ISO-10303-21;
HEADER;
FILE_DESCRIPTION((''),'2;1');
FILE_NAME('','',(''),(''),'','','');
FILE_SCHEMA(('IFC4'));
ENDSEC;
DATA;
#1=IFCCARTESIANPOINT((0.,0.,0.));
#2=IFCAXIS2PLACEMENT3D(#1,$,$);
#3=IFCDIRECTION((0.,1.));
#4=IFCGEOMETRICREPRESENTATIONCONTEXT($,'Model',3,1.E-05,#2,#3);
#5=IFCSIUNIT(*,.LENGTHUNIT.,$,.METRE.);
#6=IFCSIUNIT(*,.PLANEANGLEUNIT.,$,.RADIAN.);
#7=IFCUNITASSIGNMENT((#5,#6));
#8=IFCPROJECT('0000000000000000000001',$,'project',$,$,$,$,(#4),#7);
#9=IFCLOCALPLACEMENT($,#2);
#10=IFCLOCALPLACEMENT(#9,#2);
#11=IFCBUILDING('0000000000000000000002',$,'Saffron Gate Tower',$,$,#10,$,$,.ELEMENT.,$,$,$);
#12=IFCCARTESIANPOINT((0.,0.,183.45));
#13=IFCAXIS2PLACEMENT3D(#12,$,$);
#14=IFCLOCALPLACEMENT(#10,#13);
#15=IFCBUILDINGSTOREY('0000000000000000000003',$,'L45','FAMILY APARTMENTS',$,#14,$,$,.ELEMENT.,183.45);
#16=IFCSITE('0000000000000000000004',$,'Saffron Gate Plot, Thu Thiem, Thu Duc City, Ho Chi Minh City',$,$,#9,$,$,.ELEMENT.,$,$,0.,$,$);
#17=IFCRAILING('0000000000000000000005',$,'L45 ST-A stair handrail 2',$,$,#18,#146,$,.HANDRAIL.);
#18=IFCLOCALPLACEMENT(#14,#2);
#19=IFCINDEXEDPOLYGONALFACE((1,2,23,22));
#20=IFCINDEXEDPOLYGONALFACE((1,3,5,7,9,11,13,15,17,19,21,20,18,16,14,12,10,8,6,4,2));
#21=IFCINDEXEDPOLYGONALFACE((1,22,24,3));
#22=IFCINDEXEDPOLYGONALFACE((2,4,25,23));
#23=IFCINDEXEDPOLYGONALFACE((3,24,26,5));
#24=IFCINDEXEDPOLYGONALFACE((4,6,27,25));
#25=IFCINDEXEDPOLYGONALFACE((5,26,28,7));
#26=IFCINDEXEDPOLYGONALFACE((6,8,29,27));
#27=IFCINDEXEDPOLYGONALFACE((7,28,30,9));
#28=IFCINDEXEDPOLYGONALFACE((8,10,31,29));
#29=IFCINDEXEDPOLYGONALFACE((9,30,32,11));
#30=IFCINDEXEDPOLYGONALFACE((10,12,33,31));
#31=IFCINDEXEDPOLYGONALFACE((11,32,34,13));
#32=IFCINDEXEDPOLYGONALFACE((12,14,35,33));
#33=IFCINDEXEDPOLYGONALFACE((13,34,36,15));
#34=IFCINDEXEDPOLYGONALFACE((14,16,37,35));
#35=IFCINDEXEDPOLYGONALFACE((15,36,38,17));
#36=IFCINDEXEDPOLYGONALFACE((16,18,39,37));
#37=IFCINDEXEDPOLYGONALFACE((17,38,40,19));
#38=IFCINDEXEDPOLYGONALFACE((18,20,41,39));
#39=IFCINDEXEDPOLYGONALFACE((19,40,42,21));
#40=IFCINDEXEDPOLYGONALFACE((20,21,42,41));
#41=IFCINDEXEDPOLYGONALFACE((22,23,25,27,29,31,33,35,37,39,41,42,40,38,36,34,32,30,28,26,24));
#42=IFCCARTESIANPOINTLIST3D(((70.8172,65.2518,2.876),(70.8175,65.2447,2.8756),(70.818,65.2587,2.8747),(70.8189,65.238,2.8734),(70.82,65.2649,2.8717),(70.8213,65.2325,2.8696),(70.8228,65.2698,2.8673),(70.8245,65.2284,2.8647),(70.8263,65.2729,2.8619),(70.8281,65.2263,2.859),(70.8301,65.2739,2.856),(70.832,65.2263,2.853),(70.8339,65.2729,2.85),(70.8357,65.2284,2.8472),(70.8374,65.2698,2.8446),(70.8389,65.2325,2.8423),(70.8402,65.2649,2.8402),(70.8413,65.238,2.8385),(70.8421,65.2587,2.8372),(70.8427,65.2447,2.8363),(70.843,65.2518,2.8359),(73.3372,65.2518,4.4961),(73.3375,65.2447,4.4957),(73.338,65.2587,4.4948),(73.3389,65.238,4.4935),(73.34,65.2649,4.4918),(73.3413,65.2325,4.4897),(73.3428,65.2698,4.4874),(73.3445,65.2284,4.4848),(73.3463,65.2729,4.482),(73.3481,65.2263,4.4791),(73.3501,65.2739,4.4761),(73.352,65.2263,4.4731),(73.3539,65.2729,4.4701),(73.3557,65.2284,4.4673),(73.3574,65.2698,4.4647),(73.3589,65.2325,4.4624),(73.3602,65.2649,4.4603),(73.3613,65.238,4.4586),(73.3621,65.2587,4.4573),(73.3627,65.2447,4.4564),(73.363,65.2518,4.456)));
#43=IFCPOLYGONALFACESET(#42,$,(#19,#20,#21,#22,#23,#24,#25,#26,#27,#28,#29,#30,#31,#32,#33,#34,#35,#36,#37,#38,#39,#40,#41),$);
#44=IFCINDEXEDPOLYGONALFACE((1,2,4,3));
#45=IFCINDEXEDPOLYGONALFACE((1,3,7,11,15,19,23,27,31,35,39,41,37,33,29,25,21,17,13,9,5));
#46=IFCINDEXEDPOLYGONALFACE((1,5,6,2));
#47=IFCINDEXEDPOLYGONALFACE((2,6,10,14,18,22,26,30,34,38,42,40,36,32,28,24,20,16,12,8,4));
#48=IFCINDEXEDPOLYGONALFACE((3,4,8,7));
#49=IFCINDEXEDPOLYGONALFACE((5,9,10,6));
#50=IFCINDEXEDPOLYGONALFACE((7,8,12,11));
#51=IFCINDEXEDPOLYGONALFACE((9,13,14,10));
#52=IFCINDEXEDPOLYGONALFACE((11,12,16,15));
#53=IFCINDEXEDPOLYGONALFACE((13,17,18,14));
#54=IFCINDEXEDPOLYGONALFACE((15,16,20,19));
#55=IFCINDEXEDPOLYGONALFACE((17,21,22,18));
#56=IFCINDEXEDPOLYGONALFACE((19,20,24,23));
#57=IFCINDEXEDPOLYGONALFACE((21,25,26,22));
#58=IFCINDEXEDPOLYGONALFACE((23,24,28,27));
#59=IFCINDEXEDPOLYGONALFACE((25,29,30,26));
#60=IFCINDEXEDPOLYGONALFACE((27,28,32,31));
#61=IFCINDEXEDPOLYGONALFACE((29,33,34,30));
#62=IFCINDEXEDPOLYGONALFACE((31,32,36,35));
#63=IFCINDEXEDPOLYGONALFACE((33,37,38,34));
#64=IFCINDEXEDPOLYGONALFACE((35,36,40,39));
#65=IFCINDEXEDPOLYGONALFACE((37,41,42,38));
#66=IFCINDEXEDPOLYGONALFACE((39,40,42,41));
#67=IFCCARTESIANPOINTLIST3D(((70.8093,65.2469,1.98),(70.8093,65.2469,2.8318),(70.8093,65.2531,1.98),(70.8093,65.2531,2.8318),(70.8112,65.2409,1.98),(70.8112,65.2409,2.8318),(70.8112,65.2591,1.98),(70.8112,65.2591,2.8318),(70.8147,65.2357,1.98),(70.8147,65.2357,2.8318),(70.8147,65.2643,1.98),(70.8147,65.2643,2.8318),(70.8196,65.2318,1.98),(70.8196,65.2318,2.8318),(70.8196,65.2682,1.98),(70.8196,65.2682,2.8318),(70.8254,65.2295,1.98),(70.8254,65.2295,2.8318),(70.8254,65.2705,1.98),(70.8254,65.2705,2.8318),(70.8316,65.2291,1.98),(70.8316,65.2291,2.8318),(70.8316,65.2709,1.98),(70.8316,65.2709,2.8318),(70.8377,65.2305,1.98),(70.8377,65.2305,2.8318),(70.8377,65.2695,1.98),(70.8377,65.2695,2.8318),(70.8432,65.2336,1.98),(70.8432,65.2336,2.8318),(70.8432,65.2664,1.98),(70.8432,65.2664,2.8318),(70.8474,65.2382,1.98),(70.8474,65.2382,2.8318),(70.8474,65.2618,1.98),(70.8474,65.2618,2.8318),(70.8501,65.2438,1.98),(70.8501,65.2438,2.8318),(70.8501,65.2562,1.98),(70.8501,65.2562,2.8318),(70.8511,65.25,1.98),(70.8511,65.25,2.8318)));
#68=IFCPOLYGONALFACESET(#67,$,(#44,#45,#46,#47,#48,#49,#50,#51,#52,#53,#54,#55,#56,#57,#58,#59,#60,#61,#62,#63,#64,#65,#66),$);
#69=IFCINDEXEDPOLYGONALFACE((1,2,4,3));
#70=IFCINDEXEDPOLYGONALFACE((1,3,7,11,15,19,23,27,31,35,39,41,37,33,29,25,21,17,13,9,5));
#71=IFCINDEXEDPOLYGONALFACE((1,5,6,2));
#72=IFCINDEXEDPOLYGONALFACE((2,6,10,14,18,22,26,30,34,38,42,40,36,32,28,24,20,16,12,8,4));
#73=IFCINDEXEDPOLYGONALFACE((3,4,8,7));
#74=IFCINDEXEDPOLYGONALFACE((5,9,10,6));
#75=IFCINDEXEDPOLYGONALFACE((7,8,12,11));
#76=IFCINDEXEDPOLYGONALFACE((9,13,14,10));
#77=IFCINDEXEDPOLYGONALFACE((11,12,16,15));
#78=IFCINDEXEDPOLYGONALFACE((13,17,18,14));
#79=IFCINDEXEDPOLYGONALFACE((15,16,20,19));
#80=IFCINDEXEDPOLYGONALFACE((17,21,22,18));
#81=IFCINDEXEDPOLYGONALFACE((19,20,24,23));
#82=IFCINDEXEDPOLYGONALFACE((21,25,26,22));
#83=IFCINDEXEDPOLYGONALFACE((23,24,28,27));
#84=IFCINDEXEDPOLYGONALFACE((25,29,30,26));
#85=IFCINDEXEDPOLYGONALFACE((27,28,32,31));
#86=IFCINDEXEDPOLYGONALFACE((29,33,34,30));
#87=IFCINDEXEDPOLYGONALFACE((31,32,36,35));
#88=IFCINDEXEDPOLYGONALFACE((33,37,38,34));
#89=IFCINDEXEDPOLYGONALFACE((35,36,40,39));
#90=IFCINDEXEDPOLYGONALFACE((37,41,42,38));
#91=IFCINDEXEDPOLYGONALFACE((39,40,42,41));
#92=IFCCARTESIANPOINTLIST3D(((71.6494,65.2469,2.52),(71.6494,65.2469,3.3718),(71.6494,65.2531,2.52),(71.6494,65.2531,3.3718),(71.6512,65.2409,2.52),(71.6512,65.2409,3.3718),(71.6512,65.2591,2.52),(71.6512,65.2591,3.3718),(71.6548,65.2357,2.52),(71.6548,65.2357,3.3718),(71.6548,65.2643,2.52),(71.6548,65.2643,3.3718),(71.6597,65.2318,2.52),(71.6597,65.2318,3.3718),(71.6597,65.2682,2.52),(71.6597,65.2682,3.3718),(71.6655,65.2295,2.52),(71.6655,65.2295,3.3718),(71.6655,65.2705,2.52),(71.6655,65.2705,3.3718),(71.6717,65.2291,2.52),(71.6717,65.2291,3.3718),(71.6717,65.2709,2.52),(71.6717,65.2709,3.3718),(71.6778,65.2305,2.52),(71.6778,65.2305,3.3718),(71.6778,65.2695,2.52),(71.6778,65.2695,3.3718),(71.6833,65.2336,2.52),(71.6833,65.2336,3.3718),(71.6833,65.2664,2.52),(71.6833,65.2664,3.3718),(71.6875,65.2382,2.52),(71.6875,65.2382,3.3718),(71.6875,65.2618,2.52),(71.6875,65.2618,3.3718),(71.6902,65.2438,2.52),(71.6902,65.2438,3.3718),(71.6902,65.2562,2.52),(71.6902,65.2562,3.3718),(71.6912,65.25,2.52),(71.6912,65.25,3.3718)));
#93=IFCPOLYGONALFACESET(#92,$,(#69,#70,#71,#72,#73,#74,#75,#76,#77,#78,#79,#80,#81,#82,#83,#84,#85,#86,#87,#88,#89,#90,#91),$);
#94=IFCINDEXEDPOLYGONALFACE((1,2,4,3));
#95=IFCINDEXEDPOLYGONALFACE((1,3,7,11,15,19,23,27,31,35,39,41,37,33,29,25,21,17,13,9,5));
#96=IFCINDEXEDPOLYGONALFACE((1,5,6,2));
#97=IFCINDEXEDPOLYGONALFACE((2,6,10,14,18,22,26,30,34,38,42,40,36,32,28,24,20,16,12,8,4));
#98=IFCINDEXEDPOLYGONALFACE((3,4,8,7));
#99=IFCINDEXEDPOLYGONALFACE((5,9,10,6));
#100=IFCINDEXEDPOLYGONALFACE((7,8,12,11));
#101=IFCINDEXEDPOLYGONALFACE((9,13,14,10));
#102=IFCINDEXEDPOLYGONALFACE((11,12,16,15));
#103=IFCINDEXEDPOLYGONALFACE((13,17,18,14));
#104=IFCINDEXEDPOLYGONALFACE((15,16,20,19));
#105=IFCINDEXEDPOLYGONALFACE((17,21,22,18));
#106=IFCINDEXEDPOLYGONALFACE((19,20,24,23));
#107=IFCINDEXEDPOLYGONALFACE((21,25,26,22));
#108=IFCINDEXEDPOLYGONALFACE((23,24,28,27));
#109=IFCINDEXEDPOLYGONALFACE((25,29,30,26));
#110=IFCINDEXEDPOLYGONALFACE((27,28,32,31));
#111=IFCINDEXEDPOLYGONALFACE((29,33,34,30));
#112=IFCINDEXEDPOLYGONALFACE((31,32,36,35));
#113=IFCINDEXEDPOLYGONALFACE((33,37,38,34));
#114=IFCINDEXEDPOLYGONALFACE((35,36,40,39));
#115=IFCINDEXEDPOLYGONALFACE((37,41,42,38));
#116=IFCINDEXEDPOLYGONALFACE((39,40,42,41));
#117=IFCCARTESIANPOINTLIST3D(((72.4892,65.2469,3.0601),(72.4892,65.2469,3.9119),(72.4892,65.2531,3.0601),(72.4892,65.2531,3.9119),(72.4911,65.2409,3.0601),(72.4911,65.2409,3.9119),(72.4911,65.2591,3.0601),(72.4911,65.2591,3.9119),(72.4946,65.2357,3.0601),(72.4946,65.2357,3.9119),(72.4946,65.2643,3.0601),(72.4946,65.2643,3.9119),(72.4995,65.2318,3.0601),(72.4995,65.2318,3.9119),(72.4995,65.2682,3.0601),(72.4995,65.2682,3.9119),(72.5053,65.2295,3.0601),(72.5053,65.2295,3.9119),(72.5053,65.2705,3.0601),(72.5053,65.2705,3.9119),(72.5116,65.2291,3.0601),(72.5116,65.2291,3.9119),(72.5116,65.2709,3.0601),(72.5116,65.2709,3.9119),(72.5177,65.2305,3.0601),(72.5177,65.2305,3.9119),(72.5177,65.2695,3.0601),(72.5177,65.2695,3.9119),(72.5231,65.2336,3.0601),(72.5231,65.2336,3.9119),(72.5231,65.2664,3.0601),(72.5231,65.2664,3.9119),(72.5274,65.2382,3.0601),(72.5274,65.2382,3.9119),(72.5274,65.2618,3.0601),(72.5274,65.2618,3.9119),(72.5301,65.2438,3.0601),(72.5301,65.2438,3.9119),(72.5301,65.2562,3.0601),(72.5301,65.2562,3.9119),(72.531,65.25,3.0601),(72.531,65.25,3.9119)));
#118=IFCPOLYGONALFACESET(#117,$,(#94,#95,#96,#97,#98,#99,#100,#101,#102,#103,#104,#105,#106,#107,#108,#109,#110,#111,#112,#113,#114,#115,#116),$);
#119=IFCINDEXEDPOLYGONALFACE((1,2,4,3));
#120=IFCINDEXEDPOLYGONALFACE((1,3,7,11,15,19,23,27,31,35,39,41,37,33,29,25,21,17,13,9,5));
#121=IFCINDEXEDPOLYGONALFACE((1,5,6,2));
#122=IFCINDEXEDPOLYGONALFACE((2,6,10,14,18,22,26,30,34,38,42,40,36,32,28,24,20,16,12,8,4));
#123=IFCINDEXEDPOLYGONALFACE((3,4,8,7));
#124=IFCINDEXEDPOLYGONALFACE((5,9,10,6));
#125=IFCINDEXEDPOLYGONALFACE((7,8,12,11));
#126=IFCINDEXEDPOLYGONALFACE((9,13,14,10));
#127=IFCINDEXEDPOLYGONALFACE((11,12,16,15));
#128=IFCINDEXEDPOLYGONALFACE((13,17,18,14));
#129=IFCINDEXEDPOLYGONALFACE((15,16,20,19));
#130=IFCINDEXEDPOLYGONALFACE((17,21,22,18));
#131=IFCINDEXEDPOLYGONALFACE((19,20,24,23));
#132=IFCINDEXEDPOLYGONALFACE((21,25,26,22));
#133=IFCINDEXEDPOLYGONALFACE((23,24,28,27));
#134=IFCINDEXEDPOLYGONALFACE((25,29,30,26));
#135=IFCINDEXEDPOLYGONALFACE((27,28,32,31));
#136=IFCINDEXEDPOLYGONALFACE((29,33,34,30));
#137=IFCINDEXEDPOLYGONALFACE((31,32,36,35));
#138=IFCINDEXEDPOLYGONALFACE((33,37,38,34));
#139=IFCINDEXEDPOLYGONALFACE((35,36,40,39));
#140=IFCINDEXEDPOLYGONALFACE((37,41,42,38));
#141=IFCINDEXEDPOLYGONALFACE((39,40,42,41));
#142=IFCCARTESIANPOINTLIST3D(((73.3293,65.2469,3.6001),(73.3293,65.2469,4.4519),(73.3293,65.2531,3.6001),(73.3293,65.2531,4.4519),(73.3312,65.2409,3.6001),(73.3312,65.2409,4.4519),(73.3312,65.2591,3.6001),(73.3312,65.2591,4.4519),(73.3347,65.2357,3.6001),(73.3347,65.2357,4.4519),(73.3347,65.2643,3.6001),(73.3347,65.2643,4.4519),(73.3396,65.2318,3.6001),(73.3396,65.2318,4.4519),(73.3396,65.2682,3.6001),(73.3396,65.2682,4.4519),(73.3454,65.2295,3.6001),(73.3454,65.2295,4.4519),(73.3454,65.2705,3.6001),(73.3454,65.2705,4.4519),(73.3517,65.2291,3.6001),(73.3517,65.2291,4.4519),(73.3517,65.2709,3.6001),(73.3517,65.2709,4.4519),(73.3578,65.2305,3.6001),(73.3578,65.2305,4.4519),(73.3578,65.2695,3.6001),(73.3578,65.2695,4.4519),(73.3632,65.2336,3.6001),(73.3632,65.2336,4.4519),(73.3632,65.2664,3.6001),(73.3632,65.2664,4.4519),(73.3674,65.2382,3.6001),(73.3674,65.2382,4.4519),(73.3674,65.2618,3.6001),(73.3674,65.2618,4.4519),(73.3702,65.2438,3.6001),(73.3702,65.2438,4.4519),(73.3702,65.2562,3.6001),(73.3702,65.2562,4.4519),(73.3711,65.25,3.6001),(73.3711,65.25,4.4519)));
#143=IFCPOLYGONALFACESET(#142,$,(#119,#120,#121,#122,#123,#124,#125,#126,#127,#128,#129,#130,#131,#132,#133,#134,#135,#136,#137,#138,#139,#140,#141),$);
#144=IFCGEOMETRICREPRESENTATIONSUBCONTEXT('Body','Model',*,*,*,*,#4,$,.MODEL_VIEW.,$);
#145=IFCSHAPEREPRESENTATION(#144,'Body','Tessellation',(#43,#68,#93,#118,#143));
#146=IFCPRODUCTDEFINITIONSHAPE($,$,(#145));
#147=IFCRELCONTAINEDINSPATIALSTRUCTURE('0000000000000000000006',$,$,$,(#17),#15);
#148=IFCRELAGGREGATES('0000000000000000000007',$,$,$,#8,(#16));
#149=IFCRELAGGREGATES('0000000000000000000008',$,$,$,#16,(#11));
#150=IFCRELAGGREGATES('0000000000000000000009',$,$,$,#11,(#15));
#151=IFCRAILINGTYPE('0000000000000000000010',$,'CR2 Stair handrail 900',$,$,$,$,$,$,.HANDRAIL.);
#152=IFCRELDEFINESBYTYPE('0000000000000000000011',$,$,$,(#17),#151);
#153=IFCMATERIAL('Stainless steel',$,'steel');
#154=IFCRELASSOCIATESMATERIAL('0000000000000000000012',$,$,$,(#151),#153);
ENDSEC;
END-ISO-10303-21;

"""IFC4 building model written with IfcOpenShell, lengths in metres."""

from ifc_helpers import new_model, si_unit, direction, frame, origin, origin_2d, place, context, subcontext, project, spatial, circle, extrude, material, type_object, element, save


model = new_model("IFC4")

# Units and contexts
model_context = context("Model", 3, precision=1e-05, world=origin(), true_north=direction((0.0, 1.0)))
body_context = subcontext(model_context, "Body", "Model", "MODEL_VIEW")
ifc_project = project(units=[si_unit("LENGTHUNIT", "METRE"), si_unit("PLANEANGLEUNIT", "RADIAN")], contexts=[model_context])

# Site, building, storey
site_placement = place(None, origin())
site = spatial("IfcSite", under=ifc_project, at=site_placement, Name="Saffron Gate Plot, Thu Thiem, Thu Duc City, Ho Chi Minh City", CompositionType="ELEMENT", RefElevation=0.0)
building_placement = place(site_placement, origin())
building = spatial("IfcBuilding", under=site, at=building_placement, Name="Saffron Gate Tower", CompositionType="ELEMENT")
storey_placement = place(building_placement, frame((0.0, 0.0, 183.45)))
storey = spatial("IfcBuildingStorey", under=building, at=storey_placement, Name="L45", Description="FAMILY APARTMENTS", CompositionType="ELEMENT", Elevation=183.45)

# Railing
ifc_material_1 = material(Name="Stainless steel", Category="steel")
railing_type = type_object("IfcRailingType", Name="CR2 Stair handrail 900", PredefinedType="HANDRAIL", material=ifc_material_1)
railing_placement = place(storey_placement, frame((70.8301, 65.25, 1.98)))
element("IfcRailing", 1, at=railing_placement, inside=storey, type_object=railing_type, Name="L45 ST-A stair handrail 2", PredefinedType="HANDRAIL", context=body_context, shape_type="SweptSolid", body=[
    extrude(circle(Radius=0.0239, at=origin_2d()), frame((0.0, 0.0, 0.876), z_axis=(0.841163, 0.0, 0.540782), x_axis=(0.0, 1.0, 0.0)), (0.0, 0.0, 1.0), 2.9958),
    extrude(circle(Radius=0.021, at=origin_2d()), origin(), (0.0, 0.0, 1.0), 0.8518),
    extrude(circle(Radius=0.021, at=origin_2d()), frame((0.8401, 0.0, 0.54)), (0.0, 0.0, 1.0), 0.8518),
    extrude(circle(Radius=0.021, at=origin_2d()), frame((1.6799, 0.0, 1.0801)), (0.0, 0.0, 1.0), 0.8518),
    extrude(circle(Radius=0.021, at=origin_2d()), frame((2.52, 0.0, 1.6201)), (0.0, 0.0, 1.0), 0.8518),
])

save(model, "model.ifc")
